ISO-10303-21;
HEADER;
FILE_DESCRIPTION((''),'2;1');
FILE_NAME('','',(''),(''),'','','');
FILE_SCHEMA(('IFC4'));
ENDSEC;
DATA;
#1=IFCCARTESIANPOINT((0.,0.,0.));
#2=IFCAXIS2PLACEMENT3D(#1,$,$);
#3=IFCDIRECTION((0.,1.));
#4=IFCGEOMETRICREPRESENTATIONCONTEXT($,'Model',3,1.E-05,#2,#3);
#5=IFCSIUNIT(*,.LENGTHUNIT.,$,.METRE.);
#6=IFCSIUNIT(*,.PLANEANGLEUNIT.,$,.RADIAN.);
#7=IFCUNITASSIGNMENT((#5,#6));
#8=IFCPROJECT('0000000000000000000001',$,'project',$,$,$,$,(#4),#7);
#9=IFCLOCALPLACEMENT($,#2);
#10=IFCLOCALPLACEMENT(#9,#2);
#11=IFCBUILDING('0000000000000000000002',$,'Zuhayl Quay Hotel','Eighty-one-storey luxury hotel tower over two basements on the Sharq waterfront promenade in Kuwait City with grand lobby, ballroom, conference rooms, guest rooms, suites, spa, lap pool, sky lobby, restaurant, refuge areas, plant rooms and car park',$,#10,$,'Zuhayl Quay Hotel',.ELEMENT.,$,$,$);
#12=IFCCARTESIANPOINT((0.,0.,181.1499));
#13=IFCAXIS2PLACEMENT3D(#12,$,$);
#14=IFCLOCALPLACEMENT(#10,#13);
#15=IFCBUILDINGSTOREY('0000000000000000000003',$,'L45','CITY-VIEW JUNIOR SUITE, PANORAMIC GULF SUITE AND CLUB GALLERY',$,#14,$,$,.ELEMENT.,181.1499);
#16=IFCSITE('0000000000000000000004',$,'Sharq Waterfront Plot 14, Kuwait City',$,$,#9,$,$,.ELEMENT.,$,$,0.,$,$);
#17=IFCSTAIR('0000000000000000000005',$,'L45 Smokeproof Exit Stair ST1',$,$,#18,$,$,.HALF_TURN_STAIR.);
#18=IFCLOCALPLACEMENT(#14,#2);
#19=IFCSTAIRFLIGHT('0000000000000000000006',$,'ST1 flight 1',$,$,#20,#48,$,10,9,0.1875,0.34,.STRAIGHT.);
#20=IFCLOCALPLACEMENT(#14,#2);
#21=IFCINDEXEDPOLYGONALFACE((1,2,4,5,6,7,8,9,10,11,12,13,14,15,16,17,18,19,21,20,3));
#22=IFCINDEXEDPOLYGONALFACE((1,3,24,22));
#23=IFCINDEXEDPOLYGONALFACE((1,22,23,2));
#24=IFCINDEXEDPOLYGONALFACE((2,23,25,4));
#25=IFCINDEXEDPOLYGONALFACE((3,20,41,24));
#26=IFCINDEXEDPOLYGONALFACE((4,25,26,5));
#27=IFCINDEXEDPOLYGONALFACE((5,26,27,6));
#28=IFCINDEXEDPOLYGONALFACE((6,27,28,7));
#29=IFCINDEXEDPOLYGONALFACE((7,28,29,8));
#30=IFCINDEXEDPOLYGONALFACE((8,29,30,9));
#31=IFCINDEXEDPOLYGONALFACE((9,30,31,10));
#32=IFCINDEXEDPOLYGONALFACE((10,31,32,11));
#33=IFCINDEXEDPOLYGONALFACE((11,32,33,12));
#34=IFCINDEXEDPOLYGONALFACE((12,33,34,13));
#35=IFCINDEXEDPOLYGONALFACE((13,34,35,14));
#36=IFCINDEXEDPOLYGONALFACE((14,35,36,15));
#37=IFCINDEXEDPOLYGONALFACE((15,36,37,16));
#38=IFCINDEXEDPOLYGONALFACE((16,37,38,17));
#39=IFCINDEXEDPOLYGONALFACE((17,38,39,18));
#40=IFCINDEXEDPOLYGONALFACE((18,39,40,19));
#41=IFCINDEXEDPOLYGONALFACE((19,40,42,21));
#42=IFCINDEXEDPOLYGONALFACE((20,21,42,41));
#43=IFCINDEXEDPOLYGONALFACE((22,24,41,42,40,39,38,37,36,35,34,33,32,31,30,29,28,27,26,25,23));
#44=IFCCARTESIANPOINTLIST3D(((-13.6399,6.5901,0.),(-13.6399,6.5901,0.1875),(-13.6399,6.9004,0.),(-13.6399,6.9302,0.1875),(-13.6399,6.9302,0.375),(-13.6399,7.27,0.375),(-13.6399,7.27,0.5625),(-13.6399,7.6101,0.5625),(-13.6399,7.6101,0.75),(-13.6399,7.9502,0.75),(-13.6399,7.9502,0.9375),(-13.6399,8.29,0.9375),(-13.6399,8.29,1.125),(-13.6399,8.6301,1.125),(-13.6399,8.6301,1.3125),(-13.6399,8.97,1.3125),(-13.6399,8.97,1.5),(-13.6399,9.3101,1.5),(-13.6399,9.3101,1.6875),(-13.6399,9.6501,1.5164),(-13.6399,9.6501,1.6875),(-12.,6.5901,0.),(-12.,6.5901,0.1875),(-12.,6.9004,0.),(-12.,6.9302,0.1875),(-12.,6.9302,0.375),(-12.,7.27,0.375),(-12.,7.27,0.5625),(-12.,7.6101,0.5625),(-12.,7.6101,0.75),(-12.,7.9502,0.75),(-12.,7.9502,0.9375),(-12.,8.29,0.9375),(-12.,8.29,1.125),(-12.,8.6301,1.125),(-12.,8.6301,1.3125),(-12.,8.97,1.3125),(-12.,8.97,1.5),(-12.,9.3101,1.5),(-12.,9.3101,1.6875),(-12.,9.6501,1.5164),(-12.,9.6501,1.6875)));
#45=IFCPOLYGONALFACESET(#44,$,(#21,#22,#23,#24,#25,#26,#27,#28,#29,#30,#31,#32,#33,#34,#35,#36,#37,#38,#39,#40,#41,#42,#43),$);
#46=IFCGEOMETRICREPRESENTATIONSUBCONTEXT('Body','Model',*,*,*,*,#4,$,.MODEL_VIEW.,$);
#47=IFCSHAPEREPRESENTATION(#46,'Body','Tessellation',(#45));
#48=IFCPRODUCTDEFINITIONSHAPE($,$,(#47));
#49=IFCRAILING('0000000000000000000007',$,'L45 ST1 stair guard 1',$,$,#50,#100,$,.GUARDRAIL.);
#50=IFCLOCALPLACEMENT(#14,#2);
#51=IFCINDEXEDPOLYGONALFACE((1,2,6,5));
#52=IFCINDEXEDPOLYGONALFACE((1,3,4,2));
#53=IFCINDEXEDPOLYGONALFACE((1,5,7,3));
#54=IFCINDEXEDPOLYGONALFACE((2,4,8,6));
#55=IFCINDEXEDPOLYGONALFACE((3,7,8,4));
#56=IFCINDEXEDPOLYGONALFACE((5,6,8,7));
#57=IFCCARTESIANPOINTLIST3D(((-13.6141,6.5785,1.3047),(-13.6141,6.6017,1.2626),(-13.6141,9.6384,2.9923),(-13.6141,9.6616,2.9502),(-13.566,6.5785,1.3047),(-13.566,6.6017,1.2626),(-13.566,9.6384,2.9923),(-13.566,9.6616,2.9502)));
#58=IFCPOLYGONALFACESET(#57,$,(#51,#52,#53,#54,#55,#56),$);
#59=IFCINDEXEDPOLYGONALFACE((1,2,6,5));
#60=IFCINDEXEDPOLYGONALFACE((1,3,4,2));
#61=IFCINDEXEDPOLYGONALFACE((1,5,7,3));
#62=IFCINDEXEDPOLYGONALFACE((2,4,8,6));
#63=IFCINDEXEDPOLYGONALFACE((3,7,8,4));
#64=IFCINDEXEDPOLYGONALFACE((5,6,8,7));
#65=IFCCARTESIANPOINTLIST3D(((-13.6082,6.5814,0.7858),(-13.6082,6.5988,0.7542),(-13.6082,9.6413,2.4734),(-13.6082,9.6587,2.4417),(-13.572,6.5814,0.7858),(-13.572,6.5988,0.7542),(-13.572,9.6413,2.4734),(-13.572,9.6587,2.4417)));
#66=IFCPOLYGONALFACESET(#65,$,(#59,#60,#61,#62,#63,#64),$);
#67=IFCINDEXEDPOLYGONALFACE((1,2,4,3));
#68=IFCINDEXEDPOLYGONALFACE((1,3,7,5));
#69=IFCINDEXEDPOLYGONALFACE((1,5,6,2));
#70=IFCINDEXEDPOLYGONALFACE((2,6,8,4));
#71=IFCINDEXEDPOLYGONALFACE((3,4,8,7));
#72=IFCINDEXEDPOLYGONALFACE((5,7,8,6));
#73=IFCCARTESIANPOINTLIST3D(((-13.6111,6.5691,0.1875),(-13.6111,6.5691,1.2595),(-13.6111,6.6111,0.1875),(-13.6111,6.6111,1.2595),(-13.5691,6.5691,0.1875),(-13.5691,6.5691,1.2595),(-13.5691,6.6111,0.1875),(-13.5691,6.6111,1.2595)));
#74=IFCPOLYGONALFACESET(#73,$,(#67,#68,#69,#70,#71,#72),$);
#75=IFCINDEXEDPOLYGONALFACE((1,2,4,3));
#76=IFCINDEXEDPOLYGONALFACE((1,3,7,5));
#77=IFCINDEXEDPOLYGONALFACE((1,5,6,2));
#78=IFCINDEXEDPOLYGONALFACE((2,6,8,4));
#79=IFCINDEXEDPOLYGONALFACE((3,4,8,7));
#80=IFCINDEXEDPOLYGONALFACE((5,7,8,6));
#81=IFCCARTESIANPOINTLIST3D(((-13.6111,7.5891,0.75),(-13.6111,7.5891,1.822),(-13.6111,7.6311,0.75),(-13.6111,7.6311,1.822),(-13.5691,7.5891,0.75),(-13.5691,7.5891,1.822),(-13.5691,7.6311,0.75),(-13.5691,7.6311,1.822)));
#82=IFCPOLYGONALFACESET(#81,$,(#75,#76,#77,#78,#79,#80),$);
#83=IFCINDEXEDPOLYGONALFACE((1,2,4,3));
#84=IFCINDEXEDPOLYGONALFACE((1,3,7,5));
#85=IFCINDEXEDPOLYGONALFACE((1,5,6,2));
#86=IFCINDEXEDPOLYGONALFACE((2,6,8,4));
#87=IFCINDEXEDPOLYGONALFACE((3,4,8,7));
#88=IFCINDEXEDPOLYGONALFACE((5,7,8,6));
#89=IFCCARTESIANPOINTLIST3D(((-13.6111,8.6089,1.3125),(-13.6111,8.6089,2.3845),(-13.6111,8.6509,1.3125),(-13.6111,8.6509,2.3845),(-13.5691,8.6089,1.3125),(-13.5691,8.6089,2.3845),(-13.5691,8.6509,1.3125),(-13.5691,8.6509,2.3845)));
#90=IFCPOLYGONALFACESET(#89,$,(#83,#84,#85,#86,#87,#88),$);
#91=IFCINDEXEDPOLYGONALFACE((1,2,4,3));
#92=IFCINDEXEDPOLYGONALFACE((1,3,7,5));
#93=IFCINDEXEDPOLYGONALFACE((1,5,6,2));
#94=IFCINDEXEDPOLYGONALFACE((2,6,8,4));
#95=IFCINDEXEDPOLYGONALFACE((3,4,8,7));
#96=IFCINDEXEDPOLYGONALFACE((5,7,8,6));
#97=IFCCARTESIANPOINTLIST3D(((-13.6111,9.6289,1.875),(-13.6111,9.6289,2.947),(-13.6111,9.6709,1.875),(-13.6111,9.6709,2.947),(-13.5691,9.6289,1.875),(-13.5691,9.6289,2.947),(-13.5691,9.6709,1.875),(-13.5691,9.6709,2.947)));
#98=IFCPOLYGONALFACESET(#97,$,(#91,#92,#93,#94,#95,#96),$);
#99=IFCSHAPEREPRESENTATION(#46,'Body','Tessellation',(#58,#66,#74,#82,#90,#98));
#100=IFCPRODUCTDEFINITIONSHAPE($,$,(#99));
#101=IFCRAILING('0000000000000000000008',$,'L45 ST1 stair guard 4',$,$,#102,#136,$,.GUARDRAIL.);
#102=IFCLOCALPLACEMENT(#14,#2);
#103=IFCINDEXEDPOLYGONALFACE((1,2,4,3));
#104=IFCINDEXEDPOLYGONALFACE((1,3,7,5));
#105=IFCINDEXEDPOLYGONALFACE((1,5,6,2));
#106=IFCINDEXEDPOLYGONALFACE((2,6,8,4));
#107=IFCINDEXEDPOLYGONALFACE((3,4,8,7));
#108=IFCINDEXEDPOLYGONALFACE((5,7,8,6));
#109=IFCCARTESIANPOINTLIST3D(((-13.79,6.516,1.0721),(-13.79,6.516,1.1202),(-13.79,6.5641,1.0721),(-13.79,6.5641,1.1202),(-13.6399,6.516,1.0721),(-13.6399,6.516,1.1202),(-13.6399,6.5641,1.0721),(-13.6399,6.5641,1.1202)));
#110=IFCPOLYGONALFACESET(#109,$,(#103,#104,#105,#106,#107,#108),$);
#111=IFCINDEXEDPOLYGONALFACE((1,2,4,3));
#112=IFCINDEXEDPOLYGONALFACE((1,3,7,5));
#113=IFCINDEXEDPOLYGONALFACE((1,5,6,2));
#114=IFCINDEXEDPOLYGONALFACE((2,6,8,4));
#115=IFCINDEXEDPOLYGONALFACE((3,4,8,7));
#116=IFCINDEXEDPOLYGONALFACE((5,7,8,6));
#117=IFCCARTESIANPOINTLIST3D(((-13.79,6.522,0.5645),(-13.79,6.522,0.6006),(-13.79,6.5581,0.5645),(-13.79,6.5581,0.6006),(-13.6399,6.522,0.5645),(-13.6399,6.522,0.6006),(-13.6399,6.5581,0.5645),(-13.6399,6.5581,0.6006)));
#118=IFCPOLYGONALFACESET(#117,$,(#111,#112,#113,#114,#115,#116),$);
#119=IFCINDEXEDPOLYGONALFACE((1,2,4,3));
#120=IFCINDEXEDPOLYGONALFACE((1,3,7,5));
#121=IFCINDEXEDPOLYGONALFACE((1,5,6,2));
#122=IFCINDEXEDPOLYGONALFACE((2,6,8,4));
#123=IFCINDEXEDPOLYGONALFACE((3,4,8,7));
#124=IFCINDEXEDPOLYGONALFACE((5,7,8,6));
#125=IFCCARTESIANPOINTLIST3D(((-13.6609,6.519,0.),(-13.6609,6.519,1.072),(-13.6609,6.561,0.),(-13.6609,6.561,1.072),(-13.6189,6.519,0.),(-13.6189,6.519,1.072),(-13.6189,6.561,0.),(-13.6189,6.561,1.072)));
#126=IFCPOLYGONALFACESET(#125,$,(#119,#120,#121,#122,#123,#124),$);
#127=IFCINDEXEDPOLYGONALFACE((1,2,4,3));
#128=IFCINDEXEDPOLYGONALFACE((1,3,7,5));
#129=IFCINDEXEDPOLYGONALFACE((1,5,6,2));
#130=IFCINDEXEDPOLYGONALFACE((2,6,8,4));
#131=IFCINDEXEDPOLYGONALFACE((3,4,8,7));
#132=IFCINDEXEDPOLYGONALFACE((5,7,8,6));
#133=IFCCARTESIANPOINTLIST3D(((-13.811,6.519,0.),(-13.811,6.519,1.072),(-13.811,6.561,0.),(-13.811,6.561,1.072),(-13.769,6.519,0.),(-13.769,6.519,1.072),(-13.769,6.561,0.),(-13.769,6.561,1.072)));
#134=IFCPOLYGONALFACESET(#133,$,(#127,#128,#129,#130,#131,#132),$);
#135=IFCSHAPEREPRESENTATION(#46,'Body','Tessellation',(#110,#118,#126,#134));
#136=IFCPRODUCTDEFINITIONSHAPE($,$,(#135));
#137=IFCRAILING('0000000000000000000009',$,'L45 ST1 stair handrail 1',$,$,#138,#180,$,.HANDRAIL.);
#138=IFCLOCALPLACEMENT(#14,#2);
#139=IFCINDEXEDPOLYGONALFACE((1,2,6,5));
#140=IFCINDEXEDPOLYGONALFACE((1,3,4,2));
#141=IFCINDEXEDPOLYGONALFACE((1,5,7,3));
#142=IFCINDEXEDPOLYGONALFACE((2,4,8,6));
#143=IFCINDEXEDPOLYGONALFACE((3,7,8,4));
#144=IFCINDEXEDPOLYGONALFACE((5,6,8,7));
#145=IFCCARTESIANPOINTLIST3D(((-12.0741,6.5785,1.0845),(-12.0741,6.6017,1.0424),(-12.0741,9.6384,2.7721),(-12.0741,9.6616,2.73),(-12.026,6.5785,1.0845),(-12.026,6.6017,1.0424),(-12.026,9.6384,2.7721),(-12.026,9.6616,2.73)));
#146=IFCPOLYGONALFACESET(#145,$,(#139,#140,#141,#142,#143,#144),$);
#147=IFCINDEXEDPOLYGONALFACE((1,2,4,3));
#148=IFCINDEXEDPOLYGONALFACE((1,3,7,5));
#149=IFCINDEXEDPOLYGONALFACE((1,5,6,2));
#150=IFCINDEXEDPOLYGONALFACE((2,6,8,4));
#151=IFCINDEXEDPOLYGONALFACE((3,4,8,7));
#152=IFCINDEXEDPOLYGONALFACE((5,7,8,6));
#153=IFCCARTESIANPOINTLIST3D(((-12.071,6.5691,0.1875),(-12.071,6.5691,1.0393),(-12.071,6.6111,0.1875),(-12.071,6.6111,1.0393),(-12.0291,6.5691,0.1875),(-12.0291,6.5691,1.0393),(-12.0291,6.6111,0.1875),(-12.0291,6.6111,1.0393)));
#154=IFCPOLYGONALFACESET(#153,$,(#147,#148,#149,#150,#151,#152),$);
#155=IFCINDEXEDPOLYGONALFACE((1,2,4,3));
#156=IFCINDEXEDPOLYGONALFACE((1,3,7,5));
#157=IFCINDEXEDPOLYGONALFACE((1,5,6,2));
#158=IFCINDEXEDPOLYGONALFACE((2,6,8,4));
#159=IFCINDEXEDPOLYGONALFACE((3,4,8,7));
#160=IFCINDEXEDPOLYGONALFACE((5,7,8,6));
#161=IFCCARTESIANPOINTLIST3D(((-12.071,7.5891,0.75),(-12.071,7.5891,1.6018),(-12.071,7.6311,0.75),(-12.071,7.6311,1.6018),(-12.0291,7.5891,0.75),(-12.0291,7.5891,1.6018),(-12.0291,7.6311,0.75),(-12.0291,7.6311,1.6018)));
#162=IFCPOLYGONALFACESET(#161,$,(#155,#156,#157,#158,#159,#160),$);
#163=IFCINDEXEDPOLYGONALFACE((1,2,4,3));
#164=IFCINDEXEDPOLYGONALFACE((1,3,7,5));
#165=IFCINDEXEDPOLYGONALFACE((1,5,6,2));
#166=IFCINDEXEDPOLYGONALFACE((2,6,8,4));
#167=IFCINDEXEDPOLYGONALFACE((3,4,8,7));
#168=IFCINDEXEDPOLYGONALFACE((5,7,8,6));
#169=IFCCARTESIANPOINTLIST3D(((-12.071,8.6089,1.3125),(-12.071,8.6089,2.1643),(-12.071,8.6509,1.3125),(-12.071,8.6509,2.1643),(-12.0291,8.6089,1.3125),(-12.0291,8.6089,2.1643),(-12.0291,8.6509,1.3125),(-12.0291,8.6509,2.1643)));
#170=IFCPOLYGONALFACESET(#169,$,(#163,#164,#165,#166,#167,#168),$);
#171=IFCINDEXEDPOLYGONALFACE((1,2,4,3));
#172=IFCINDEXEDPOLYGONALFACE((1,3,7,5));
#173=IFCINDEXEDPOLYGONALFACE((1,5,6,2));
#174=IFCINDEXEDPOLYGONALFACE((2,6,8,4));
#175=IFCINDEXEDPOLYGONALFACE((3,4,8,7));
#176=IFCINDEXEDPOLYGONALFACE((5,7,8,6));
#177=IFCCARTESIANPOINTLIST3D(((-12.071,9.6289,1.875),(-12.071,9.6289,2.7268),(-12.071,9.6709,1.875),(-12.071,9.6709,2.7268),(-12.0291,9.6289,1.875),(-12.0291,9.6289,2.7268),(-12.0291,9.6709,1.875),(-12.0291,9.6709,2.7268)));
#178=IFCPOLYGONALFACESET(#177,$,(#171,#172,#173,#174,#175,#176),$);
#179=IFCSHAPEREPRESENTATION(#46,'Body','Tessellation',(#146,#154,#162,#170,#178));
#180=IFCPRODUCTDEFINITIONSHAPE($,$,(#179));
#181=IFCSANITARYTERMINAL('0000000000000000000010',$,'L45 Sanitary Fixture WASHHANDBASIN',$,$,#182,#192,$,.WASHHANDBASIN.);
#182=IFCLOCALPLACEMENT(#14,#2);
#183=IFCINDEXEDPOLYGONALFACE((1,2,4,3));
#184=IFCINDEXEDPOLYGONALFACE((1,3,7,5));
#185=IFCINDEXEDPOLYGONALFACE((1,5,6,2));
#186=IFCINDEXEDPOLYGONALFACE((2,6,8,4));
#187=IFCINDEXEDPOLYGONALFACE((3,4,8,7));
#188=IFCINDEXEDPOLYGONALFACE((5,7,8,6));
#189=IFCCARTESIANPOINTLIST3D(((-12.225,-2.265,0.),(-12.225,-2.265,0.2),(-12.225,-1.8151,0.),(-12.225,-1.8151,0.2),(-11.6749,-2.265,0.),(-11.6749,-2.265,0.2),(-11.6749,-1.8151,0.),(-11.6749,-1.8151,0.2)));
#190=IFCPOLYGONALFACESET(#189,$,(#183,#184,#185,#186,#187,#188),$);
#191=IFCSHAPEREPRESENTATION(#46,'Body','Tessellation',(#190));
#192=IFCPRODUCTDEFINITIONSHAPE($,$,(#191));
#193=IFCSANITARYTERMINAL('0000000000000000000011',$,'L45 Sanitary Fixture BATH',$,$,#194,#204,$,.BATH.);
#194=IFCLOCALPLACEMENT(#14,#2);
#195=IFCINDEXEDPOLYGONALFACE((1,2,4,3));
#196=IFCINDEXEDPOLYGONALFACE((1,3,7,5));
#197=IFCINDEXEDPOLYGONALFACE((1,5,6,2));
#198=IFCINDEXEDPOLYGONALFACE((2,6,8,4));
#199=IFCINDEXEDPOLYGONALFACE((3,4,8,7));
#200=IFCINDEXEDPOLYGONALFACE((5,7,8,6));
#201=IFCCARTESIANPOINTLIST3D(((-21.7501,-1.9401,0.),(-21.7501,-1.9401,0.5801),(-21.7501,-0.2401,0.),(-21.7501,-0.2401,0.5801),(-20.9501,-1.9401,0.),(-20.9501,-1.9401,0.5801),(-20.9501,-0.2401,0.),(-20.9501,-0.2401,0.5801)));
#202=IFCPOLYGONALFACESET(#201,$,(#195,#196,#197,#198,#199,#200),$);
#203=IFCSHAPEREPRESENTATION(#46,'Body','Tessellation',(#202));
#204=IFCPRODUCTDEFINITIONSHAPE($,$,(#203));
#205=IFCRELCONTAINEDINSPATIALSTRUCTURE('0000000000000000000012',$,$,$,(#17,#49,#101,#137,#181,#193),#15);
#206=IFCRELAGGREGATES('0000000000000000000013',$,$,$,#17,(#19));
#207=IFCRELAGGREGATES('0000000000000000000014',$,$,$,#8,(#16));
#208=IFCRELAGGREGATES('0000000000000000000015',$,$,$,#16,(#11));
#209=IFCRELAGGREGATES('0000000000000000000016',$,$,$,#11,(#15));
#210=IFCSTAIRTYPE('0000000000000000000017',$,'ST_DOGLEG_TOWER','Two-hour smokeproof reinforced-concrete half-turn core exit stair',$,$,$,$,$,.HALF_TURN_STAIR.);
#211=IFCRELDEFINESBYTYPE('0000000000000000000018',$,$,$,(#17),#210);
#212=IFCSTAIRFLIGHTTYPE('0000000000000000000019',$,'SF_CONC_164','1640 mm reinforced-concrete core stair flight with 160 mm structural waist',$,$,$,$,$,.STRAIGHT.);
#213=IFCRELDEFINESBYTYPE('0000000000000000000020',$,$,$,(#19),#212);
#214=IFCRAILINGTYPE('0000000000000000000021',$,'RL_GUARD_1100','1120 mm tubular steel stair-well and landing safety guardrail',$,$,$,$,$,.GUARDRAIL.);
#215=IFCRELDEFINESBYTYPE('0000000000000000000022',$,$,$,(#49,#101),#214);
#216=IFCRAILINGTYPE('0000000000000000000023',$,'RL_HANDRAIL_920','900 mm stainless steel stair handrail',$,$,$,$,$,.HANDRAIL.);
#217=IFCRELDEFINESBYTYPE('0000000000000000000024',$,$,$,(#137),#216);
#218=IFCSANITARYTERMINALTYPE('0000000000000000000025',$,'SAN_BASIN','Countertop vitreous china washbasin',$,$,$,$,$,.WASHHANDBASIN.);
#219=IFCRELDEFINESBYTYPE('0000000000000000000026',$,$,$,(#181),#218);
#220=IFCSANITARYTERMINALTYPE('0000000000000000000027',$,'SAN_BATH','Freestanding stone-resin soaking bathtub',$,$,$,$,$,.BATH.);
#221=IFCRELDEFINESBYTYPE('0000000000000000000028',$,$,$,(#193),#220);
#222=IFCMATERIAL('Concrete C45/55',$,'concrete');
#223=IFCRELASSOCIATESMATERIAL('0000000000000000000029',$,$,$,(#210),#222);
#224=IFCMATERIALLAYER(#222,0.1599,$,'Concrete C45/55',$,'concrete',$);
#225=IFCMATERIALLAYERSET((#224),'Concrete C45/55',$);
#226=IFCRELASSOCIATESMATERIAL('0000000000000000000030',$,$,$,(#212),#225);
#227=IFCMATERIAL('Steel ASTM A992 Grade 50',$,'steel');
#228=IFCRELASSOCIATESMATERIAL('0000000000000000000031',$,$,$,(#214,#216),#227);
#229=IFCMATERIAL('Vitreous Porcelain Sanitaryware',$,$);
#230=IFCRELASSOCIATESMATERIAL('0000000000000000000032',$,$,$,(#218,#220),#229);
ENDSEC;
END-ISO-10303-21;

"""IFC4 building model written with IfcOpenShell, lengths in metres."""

from ifc_helpers import new_model, si_unit, direction, frame, origin, origin_2d, place, context, subcontext, project, spatial, polyline, rectangle, outline, extrude, material, layer, layer_set, type_object, element, aggregate, save


model = new_model("IFC4")

# Units and contexts
model_context = context("Model", 3, precision=1e-05, world=origin(), true_north=direction((0.0, 1.0)))
body_context = subcontext(model_context, "Body", "Model", "MODEL_VIEW")
ifc_project = project(units=[si_unit("LENGTHUNIT", "METRE"), si_unit("PLANEANGLEUNIT", "RADIAN")], contexts=[model_context])

# Site, building, storey
site_placement = place(None, origin())
site = spatial("IfcSite", under=ifc_project, at=site_placement, Name="Sharq Waterfront Plot 14, Kuwait City", CompositionType="ELEMENT", RefElevation=0.0)
building_placement = place(site_placement, origin())
building = spatial("IfcBuilding", under=site, at=building_placement, Name="Zuhayl Quay Hotel", Description="Eighty-one-storey luxury hotel tower over two basements on the Sharq waterfront promenade in Kuwait City with grand lobby, ballroom, conference rooms, guest rooms, suites, spa, lap pool, sky lobby, restaurant, refuge areas, plant rooms and car park", LongName="Zuhayl Quay Hotel", CompositionType="ELEMENT")
storey_placement = place(building_placement, frame((0.0, 0.0, 181.1499)))
storey = spatial("IfcBuildingStorey", under=building, at=storey_placement, Name="L45", Description="CITY-VIEW JUNIOR SUITE, PANORAMIC GULF SUITE AND CLUB GALLERY", CompositionType="ELEMENT", Elevation=181.1499)

# Shared definitions
ifc_material_1 = material(Name="Steel ASTM A992 Grade 50", Category="steel")

# Stair, stair flight
ifc_material_2 = material(Name="Concrete C45/55", Category="concrete")
stair_type = type_object("IfcStairType", Name="ST_DOGLEG_TOWER", Description="Two-hour smokeproof reinforced-concrete half-turn core exit stair", PredefinedType="HALF_TURN_STAIR", material=ifc_material_2)
stair_placement = place(storey_placement, origin())
stair = element("IfcStair", 1, at=stair_placement, inside=storey, type_object=stair_type, Name="L45 Smokeproof Exit Stair ST1", PredefinedType="HALF_TURN_STAIR")
ifc_layer_1 = layer(ifc_material_2, 0.1599, Name="Concrete C45/55", Category="concrete")
ifc_layer_set_1 = layer_set([ifc_layer_1], Name="Concrete C45/55")
stair_flight_type = type_object("IfcStairFlightType", Name="SF_CONC_164", Description="1640 mm reinforced-concrete core stair flight with 160 mm structural waist", PredefinedType="STRAIGHT", material=ifc_layer_set_1)
stair_flight_placement = place(storey_placement, frame((-12.8201, 6.5901, 0.0), z_axis=(0.0, 0.0, 1.0), x_axis=(0.0, 1.0, 0.0)))
stair_flight = element("IfcStairFlight", 2, at=stair_flight_placement, type_object=stair_flight_type, Name="ST1 flight 1", NumberOfRisers=10, NumberOfTreads=9, PredefinedType="STRAIGHT", RiserHeight=0.1875, TreadLength=0.34, context=body_context, shape_type="SweptSolid", body=[
    extrude(outline(polyline([(0.0, 0.0), (0.0, 0.1875), (0.3401, 0.1875), (0.3401, 0.375), (0.6799, 0.375), (0.6799, 0.5625), (1.02, 0.5625), (1.02, 0.75), (1.3601, 0.75), (1.3601, 0.9375), (1.7, 0.9375), (1.7, 1.125), (2.04, 1.125), (2.04, 1.3125), (2.3799, 1.3125), (2.3799, 1.5), (2.72, 1.5), (2.72, 1.6875), (3.0601, 1.6875), (3.0601, 1.875), (3.0601, 1.5164), (0.3103, 0.0), (0.0, 0.0)])), frame((0.0, 0.8198, 0.0), z_axis=(0.0, -1.0, 0.0), x_axis=(1.0, 0.0, 0.0)), (0.0, 0.0, 1.0), 1.6399),
])
aggregate(stair, [stair_flight])

# Railings
railing_type_1 = type_object("IfcRailingType", Name="RL_GUARD_1100", Description="1120 mm tubular steel stair-well and landing safety guardrail", PredefinedType="GUARDRAIL", material=ifc_material_1)
railing_1_placement = place(storey_placement, frame((-13.5901, 6.5901, 0.1875)))
element("IfcRailing", 3, at=railing_1_placement, inside=storey, type_object=railing_type_1, Name="L45 ST1 stair guard 1", PredefinedType="GUARDRAIL", context=body_context, shape_type="SweptSolid", body=[
    extrude(rectangle(XDim=0.0481, YDim=0.0481, at=origin_2d()), frame((0.0, 0.0, 1.0962), z_axis=(0.0, 0.875659, 0.48293), x_axis=(-1.0, 0.0, 0.0)), (0.0, 0.0, 1.0), 3.4944),
    extrude(rectangle(XDim=0.0361, YDim=0.0361, at=origin_2d()), frame((0.0, 0.0, 0.5825), z_axis=(0.0, 0.875659, 0.48293), x_axis=(-1.0, 0.0, 0.0)), (0.0, 0.0, 1.0), 3.4944),
    extrude(rectangle(XDim=0.042, YDim=0.042, at=origin_2d()), origin(), (0.0, 0.0, 1.0), 1.072),
    extrude(rectangle(XDim=0.042, YDim=0.042, at=origin_2d()), frame((0.0, 1.02, 0.5625)), (0.0, 0.0, 1.0), 1.072),
    extrude(rectangle(XDim=0.042, YDim=0.042, at=origin_2d()), frame((0.0, 2.0398, 1.125)), (0.0, 0.0, 1.0), 1.072),
    extrude(rectangle(XDim=0.042, YDim=0.042, at=origin_2d()), frame((0.0, 3.0598, 1.6875)), (0.0, 0.0, 1.0), 1.072),
])
railing_2_placement = place(storey_placement, frame((-13.6399, 6.54, 0.0)))
element("IfcRailing", 4, at=railing_2_placement, inside=storey, type_object=railing_type_1, Name="L45 ST1 stair guard 4", PredefinedType="GUARDRAIL", context=body_context, shape_type="SweptSolid", body=[
    extrude(rectangle(XDim=0.0481, YDim=0.0481, at=origin_2d()), frame((0.0, 0.0, 1.0962), z_axis=(-1.0, 0.0, 0.0), x_axis=(0.0, -1.0, 0.0)), (0.0, 0.0, 1.0), 0.1501),
    extrude(rectangle(XDim=0.0361, YDim=0.0361, at=origin_2d()), frame((0.0, 0.0, 0.5825), z_axis=(-1.0, 0.0, 0.0), x_axis=(0.0, -1.0, 0.0)), (0.0, 0.0, 1.0), 0.1501),
    extrude(rectangle(XDim=0.042, YDim=0.042, at=origin_2d()), origin(), (0.0, 0.0, 1.0), 1.072),
    extrude(rectangle(XDim=0.042, YDim=0.042, at=origin_2d()), frame((-0.1501, 0.0, 0.0)), (0.0, 0.0, 1.0), 1.072),
])
railing_type_2 = type_object("IfcRailingType", Name="RL_HANDRAIL_920", Description="900 mm stainless steel stair handrail", PredefinedType="HANDRAIL", material=ifc_material_1)
railing_3_placement = place(storey_placement, frame((-12.05, 6.5901, 0.1875)))
element("IfcRailing", 5, at=railing_3_placement, inside=storey, type_object=railing_type_2, Name="L45 ST1 stair handrail 1", PredefinedType="HANDRAIL", context=body_context, shape_type="SweptSolid", body=[
    extrude(rectangle(XDim=0.0481, YDim=0.0481, at=origin_2d()), frame((0.0, 0.0, 0.876), z_axis=(0.0, 0.875659, 0.48293), x_axis=(-1.0, 0.0, 0.0)), (0.0, 0.0, 1.0), 3.4944),
    extrude(rectangle(XDim=0.042, YDim=0.042, at=origin_2d()), origin(), (0.0, 0.0, 1.0), 0.8518),
    extrude(rectangle(XDim=0.042, YDim=0.042, at=origin_2d()), frame((0.0, 1.02, 0.5625)), (0.0, 0.0, 1.0), 0.8518),
    extrude(rectangle(XDim=0.042, YDim=0.042, at=origin_2d()), frame((0.0, 2.0398, 1.125)), (0.0, 0.0, 1.0), 0.8518),
    extrude(rectangle(XDim=0.042, YDim=0.042, at=origin_2d()), frame((0.0, 3.0598, 1.6875)), (0.0, 0.0, 1.0), 0.8518),
])

# Sanitary terminals
ifc_material_3 = material(Name="Vitreous Porcelain Sanitaryware")
sanitary_terminal_type_1 = type_object("IfcSanitaryTerminalType", Name="SAN_BASIN", Description="Countertop vitreous china washbasin", PredefinedType="WASHHANDBASIN", material=ifc_material_3)
sanitary_terminal_placement = place(storey_placement, frame((-11.95, -2.04, 0.0), z_axis=(0.0, 0.0, 1.0), x_axis=(1.0, 0.0, 0.0)))
element("IfcSanitaryTerminal", 6, at=sanitary_terminal_placement, inside=storey, type_object=sanitary_terminal_type_1, Name="L45 Sanitary Fixture WASHHANDBASIN", PredefinedType="WASHHANDBASIN", context=body_context, shape_type="SweptSolid", body=[
    extrude(rectangle(XDim=0.55, YDim=0.45, at=origin_2d()), origin(), (0.0, 0.0, 1.0), 0.2),
])
sanitary_terminal_type_2 = type_object("IfcSanitaryTerminalType", Name="SAN_BATH", Description="Freestanding stone-resin soaking bathtub", PredefinedType="BATH", material=ifc_material_3)
for number, where, z_axis, x_axis, name in (
    (7, (-21.3501, -1.0901, 0.0), (0.0, 0.0, 1.0), (1.0, 0.0, 0.0), "L45 Sanitary Fixture BATH"),
):
    element("IfcSanitaryTerminal", number, at=place(storey_placement, frame(where, z_axis=z_axis, x_axis=x_axis)), inside=storey, type_object=sanitary_terminal_type_2, Name=name, PredefinedType="BATH", context=body_context, shape_type="SweptSolid", body=[
        extrude(rectangle(XDim=0.8, YDim=1.7, at=origin_2d()), origin(), (0.0, 0.0, 1.0), 0.5801),
    ])

save(model, "model.ifc")
